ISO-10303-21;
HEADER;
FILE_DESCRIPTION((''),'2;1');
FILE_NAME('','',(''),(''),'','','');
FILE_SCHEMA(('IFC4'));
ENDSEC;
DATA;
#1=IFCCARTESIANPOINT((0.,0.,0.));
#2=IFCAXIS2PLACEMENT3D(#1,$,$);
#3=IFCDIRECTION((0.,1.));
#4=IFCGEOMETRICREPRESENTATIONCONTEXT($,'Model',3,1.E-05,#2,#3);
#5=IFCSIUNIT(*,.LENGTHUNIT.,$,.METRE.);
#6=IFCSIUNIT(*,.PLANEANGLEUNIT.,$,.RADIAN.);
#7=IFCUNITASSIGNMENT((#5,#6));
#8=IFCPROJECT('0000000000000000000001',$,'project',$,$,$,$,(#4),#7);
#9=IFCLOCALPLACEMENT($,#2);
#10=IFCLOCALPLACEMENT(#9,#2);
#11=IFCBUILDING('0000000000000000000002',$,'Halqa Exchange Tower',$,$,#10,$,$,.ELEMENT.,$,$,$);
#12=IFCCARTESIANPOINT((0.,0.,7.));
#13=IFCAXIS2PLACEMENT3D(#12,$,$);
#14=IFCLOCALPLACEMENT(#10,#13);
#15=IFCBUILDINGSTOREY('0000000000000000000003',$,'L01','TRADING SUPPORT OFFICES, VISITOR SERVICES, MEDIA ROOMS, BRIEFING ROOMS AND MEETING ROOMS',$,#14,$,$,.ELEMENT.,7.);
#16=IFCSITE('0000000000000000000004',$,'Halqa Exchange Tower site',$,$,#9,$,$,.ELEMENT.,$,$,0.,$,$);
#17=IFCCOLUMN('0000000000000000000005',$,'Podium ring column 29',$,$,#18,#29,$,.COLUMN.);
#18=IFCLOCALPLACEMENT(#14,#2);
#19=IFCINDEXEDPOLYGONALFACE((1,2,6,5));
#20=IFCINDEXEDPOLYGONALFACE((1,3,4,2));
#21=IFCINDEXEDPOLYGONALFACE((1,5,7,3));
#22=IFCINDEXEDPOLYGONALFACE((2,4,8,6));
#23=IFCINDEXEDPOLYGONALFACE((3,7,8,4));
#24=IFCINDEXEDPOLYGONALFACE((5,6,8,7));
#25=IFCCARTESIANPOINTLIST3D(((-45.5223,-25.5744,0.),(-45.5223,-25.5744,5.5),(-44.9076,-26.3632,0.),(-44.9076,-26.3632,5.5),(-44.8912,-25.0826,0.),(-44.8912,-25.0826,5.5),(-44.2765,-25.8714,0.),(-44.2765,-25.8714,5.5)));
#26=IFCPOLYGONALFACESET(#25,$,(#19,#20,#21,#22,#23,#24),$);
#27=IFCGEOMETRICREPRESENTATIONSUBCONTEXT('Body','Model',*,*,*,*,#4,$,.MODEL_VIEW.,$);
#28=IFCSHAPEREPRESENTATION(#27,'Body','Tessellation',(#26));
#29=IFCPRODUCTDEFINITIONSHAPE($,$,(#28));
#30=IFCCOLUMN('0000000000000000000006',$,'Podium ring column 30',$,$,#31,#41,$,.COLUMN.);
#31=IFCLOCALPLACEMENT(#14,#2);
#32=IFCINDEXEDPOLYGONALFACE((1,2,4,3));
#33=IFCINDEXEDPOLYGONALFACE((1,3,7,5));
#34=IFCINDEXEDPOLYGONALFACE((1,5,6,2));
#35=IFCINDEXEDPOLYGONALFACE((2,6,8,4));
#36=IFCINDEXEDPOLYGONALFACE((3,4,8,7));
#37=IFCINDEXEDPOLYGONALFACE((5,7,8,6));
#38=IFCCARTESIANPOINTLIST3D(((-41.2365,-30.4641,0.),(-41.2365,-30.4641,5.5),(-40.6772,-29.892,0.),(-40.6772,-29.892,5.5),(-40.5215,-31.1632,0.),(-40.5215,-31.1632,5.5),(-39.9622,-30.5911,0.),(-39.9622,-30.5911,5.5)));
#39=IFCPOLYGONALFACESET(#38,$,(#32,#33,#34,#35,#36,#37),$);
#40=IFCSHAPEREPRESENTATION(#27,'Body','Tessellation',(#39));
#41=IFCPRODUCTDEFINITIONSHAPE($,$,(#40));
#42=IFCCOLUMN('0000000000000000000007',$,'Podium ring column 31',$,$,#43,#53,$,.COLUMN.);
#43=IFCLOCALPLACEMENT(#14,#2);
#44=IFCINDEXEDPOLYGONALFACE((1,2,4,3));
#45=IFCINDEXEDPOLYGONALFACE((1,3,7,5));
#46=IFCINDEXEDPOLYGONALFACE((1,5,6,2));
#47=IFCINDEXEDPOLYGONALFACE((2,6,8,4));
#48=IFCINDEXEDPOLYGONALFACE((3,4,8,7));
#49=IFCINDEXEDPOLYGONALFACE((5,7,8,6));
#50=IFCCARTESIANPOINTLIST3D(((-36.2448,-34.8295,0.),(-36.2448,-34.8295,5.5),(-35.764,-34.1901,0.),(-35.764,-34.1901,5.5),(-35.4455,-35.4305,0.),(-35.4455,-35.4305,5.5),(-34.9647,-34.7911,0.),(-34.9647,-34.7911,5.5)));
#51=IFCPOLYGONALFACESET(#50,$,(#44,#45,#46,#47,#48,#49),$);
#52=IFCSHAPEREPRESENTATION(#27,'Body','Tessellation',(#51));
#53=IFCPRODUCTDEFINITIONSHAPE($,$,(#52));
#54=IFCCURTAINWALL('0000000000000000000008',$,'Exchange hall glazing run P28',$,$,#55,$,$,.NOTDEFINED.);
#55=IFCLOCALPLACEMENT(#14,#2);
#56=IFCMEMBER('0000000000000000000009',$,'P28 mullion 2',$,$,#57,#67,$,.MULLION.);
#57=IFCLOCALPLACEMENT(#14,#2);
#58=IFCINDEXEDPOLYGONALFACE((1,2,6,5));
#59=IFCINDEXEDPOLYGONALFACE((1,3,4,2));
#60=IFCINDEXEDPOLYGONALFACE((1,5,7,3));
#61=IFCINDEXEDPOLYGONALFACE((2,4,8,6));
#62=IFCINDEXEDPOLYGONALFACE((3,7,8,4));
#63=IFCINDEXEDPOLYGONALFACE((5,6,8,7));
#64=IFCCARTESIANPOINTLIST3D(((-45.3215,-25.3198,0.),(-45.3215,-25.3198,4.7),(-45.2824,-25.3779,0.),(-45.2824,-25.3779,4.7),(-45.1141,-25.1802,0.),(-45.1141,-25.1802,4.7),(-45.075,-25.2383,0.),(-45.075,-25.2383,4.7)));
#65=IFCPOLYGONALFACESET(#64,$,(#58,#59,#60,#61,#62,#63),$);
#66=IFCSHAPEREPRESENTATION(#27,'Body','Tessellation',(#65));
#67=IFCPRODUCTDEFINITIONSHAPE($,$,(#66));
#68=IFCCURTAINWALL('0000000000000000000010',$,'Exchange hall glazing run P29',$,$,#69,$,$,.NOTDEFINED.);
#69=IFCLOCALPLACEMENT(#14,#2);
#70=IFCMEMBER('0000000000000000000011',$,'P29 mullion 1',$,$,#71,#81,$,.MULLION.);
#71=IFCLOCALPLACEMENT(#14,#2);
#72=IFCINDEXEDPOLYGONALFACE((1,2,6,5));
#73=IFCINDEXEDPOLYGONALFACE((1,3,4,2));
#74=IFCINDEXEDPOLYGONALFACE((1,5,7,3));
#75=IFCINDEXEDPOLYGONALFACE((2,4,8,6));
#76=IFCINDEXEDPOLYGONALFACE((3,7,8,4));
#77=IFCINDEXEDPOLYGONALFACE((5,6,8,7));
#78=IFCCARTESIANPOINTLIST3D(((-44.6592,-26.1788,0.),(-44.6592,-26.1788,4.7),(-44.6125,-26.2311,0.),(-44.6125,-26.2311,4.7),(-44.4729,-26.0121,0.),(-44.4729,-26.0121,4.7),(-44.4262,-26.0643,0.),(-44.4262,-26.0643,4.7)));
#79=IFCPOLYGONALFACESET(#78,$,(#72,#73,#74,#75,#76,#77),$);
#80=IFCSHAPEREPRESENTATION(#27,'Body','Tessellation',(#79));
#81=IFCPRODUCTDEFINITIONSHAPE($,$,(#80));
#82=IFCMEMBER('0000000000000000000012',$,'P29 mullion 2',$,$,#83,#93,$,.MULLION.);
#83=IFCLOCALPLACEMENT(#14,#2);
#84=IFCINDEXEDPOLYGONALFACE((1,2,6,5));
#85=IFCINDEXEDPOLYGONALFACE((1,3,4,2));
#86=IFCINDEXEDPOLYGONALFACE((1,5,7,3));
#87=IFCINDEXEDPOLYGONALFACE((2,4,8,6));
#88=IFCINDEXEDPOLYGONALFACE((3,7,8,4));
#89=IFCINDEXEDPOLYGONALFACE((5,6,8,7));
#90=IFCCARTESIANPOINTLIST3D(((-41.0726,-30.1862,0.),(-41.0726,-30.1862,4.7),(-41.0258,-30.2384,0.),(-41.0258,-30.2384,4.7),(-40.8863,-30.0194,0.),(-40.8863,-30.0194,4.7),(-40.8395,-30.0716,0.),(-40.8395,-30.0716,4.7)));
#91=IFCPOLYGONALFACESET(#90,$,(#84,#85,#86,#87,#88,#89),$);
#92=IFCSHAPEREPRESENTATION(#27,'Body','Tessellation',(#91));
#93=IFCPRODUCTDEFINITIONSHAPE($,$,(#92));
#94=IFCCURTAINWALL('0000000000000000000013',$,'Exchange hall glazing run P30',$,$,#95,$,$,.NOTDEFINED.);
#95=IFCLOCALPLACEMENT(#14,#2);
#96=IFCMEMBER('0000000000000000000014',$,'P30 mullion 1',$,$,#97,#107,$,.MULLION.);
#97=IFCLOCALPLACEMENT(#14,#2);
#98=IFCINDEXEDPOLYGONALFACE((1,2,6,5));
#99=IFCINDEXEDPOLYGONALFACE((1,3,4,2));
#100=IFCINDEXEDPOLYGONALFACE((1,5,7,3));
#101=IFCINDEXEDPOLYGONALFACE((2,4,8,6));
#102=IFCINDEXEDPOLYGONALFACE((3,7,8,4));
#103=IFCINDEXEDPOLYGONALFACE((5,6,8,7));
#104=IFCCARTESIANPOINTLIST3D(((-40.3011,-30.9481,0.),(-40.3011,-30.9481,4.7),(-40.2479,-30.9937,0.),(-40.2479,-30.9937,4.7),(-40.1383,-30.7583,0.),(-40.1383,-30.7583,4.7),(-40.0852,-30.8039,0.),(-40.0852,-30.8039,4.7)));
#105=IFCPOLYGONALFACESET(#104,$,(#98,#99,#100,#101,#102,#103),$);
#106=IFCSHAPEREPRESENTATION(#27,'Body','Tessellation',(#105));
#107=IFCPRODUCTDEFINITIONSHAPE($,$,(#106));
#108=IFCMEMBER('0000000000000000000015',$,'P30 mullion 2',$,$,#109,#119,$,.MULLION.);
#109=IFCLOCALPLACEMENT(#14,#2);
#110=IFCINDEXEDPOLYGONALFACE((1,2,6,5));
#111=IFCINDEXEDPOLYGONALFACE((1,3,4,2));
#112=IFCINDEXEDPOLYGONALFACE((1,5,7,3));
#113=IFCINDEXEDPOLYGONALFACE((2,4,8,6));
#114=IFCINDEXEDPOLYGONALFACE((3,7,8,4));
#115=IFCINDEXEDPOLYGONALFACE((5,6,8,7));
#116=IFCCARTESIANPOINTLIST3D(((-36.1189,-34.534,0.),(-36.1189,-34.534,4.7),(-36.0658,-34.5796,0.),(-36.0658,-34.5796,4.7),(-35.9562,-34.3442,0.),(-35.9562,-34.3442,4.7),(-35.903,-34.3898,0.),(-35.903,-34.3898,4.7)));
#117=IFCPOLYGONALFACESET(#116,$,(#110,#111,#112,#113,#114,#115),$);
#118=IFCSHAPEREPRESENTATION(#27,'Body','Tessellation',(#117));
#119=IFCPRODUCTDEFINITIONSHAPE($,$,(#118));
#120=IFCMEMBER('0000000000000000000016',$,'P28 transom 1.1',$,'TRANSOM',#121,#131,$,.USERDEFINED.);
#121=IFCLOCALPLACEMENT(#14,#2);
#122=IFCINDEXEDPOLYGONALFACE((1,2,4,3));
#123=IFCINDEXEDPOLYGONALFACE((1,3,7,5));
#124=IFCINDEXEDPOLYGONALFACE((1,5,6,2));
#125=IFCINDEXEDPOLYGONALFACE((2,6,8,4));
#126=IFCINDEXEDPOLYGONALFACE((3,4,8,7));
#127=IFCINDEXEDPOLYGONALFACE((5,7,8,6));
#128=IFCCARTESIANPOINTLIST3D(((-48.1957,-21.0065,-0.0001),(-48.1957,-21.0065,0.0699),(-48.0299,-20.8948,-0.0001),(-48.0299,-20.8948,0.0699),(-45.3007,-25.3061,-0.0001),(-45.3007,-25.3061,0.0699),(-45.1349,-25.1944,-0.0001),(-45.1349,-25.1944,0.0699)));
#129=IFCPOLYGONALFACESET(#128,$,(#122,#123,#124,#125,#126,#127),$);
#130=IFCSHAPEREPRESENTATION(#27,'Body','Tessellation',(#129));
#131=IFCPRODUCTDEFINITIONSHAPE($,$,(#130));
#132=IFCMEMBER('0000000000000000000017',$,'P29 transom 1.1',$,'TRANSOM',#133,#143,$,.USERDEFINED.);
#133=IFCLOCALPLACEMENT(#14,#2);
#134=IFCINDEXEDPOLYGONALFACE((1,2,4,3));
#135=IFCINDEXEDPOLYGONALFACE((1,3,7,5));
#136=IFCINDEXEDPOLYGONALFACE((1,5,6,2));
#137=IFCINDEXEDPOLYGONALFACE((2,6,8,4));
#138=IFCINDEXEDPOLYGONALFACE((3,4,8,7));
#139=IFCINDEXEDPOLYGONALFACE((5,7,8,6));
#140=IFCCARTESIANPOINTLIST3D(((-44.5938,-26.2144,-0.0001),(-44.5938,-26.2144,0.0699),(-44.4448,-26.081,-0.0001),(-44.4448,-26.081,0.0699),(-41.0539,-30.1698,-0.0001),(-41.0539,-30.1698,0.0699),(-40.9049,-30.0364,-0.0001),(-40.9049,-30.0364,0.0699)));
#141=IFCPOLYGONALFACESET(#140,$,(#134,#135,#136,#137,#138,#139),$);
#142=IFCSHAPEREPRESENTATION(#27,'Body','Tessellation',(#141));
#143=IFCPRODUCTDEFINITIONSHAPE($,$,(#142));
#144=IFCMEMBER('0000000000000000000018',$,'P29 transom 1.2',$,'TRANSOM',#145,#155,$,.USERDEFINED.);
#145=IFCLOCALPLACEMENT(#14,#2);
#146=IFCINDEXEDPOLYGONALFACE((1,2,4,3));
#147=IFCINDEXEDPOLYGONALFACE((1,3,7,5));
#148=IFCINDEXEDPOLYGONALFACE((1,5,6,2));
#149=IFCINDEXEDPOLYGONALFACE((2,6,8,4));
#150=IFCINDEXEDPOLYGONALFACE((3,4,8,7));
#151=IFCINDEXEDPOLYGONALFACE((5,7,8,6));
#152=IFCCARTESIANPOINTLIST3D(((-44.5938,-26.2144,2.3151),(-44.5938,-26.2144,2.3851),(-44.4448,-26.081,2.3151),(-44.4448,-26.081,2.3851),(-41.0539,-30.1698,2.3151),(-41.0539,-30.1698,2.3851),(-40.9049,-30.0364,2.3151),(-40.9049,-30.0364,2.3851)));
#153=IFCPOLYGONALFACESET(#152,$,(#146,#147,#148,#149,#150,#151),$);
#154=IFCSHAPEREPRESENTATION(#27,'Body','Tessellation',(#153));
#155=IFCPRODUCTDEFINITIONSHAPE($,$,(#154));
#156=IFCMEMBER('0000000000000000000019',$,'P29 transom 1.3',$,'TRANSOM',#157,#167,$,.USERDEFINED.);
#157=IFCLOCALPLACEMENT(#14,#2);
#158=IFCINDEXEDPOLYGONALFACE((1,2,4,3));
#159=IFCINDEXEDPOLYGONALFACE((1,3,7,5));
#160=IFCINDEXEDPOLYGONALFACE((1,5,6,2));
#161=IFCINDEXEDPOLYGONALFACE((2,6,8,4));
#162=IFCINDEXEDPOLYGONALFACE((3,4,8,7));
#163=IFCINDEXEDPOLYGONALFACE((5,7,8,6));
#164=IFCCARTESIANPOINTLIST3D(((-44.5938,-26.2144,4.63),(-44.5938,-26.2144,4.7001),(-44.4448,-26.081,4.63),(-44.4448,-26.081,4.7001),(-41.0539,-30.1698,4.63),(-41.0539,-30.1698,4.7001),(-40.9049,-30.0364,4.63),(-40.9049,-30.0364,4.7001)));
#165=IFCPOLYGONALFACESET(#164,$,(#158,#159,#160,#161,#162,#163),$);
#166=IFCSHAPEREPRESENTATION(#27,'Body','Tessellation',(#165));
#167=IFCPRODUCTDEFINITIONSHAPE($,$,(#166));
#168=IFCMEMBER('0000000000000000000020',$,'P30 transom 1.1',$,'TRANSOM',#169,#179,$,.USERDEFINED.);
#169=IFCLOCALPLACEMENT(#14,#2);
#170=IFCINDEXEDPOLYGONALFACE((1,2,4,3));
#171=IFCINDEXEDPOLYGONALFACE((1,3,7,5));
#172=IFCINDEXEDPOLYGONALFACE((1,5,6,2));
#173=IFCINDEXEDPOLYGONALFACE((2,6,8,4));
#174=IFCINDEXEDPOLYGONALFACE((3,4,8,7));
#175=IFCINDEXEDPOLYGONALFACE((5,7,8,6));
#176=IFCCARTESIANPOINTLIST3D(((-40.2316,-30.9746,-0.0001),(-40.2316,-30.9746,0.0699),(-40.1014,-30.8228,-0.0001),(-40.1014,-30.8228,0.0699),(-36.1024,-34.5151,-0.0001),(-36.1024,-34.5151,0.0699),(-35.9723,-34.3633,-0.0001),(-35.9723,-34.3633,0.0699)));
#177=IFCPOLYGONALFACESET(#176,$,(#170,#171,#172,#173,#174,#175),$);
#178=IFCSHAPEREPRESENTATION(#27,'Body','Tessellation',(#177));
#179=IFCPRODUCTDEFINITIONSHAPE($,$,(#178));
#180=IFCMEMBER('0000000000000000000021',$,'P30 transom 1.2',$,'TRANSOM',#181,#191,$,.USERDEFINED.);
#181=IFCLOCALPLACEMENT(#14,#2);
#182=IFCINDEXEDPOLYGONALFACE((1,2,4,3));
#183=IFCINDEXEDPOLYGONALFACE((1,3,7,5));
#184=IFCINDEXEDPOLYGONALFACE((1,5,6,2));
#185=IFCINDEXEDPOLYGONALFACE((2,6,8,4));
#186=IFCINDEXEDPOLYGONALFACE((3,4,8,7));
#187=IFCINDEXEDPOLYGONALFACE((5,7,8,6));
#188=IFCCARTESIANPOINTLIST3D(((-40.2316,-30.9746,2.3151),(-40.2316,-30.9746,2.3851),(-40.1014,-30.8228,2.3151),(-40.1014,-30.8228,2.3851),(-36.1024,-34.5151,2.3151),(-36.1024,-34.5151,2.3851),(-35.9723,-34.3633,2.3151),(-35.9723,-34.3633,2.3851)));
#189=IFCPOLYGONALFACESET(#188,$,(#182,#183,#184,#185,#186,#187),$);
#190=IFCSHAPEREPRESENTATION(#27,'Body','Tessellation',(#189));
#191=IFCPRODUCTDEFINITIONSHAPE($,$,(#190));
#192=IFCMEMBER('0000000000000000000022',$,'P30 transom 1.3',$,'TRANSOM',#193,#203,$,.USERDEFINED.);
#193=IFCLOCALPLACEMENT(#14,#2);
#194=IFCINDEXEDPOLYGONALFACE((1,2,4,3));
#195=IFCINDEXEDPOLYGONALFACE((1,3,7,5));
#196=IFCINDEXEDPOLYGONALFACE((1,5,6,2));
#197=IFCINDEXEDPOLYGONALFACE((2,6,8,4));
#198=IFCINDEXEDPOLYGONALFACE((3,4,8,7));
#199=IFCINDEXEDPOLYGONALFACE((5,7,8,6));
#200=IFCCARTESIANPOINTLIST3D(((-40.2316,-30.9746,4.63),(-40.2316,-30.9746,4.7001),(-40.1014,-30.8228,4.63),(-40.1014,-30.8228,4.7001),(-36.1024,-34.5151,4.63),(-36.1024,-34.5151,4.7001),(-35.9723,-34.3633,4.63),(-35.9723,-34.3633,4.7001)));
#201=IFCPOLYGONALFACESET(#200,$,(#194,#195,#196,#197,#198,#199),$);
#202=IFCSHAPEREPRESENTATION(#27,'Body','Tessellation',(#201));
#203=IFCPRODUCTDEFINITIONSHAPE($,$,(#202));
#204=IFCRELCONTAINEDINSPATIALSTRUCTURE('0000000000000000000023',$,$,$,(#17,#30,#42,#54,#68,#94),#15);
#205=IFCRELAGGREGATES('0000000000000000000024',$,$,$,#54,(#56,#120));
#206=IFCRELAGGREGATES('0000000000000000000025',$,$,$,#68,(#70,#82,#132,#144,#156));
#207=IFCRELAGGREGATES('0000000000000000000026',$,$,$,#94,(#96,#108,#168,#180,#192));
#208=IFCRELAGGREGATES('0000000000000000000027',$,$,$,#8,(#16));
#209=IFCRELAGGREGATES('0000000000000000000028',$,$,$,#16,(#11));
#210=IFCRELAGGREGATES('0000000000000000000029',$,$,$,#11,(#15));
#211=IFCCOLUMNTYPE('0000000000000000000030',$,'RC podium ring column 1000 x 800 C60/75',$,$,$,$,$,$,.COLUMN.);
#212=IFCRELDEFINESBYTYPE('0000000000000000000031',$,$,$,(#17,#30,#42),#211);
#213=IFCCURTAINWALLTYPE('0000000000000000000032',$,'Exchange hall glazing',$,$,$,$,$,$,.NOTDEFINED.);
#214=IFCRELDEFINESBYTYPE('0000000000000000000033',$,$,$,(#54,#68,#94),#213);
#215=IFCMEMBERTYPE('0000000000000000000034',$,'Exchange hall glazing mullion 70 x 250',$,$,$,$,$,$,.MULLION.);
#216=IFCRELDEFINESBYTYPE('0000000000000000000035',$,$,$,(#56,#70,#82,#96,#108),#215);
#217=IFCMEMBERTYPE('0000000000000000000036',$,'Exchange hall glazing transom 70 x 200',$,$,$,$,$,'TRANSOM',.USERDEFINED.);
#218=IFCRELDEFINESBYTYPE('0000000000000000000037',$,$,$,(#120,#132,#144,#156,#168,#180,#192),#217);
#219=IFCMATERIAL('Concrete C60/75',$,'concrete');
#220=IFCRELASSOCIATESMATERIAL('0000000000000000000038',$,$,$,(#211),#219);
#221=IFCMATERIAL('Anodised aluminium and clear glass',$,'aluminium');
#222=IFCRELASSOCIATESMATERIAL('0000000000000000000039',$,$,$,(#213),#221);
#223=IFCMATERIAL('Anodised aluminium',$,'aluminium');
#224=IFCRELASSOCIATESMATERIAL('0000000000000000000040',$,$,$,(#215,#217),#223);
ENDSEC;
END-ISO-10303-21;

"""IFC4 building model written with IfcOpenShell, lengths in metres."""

from ifc_helpers import new_model, si_unit, direction, frame, origin, origin_2d, place, context, subcontext, project, spatial, rectangle, extrude, material, material_profile, profile_set, type_object, element, aggregate, save


model = new_model("IFC4")

# Units and contexts
model_context = context("Model", 3, precision=1e-05, world=origin(), true_north=direction((0.0, 1.0)))
body_context = subcontext(model_context, "Body", "Model", "MODEL_VIEW")
ifc_project = project(units=[si_unit("LENGTHUNIT", "METRE"), si_unit("PLANEANGLEUNIT", "RADIAN")], contexts=[model_context])

# Site, building, storey
site_placement = place(None, origin())
site = spatial("IfcSite", under=ifc_project, at=site_placement, Name="Halqa Exchange Tower site", CompositionType="ELEMENT", RefElevation=0.0)
building_placement = place(site_placement, origin())
building = spatial("IfcBuilding", under=site, at=building_placement, Name="Halqa Exchange Tower", CompositionType="ELEMENT")
storey_placement = place(building_placement, frame((0.0, 0.0, 7.0)))
storey = spatial("IfcBuildingStorey", under=building, at=storey_placement, Name="L01", Description="TRADING SUPPORT OFFICES, VISITOR SERVICES, MEDIA ROOMS, BRIEFING ROOMS AND MEETING ROOMS", CompositionType="ELEMENT", Elevation=7.0)

# Columns
ifc_material_1 = material(Name="Concrete C60/75", Category="concrete")
ifc_material_profile_1 = material_profile(ifc_material_1, rectangle(XDim=1.0, YDim=0.8, at=origin_2d()), Name="1000 x 800")
ifc_profile_set_1 = profile_set([ifc_material_profile_1], Name="Concrete C60/75")
column_type = type_object("IfcColumnType", Name="RC podium ring column 1000 x 800 C60/75", PredefinedType="COLUMN", material=ifc_profile_set_1)
for number, where, z_axis, x_axis, name in (
    (1, (-44.8994, -25.7229, 0.0), (0.0, 0.0, 1.0), (0.614691, -0.788768, 0.0), "Podium ring column 29"),
    (2, (-40.5994, -30.5276, 0.0), (0.0, 0.0, 1.0), (0.715039, -0.699085, 0.0), "Podium ring column 30"),
    (3, (-35.6047, -34.8103, 0.0), (0.0, 0.0, 1.0), (0.79926, -0.600985, 0.0), "Podium ring column 31"),
):
    element("IfcColumn", number, at=place(storey_placement, frame(where, z_axis=z_axis, x_axis=x_axis)), inside=storey, type_object=column_type, Name=name, PredefinedType="COLUMN", context=body_context, shape_type="SweptSolid", body=[
        extrude(rectangle(XDim=1.0, YDim=0.8, at=origin_2d()), origin(), (0.0, 0.0, 1.0), 5.5),
    ])

# Curtain wall, member
ifc_material_2 = material(Name="Anodised aluminium and clear glass", Category="aluminium")
curtain_wall_type = type_object("IfcCurtainWallType", Name="Exchange hall glazing", PredefinedType="NOTDEFINED", material=ifc_material_2)
curtain_wall_1_placement = place(storey_placement, origin())
curtain_wall_1 = element("IfcCurtainWall", 4, at=curtain_wall_1_placement, inside=storey, type_object=curtain_wall_type, Name="Exchange hall glazing run P28", PredefinedType="NOTDEFINED")
ifc_material_3 = material(Name="Anodised aluminium", Category="aluminium")
ifc_material_profile_2 = material_profile(ifc_material_3, rectangle(XDim=0.25, YDim=0.0701, at=origin_2d()), Name="AL 70x250")
ifc_profile_set_2 = profile_set([ifc_material_profile_2], Name="Anodised aluminium")
member_type_1 = type_object("IfcMemberType", Name="Exchange hall glazing mullion 70 x 250", PredefinedType="MULLION", material=ifc_profile_set_2)
member_1_placement = place(storey_placement, frame((-45.1982, -25.2791, 0.0), z_axis=(0.0, 0.0, 1.0), x_axis=(0.82949, 0.558522, 0.0)))
member_1 = element("IfcMember", 5, at=member_1_placement, type_object=member_type_1, Name="P28 mullion 2", PredefinedType="MULLION", context=body_context, shape_type="SweptSolid", body=[
    extrude(rectangle(XDim=0.25, YDim=0.0701, at=origin_2d()), origin(), (0.0, 0.0, 1.0), 4.7),
])

# Curtain walls, members
curtain_wall_2_placement = place(storey_placement, origin())
curtain_wall_2 = element("IfcCurtainWall", 6, at=curtain_wall_2_placement, inside=storey, type_object=curtain_wall_type, Name="Exchange hall glazing run P29", PredefinedType="NOTDEFINED")
member_2_placement = place(storey_placement, frame((-44.5427, -26.1216, 0.0), z_axis=(0.0, 0.0, 1.0), x_axis=(0.745148, 0.666899, 0.0)))
member_2 = element("IfcMember", 7, at=member_2_placement, type_object=member_type_1, Name="P29 mullion 1", PredefinedType="MULLION", context=body_context, shape_type="SweptSolid", body=[
    extrude(rectangle(XDim=0.25, YDim=0.0701, at=origin_2d()), origin(), (0.0, 0.0, 1.0), 4.7),
])
member_3_placement = place(storey_placement, frame((-40.9561, -30.1289, 0.0), z_axis=(0.0, 0.0, 1.0), x_axis=(0.745148, 0.666899, 0.0)))
member_3 = element("IfcMember", 8, at=member_3_placement, type_object=member_type_1, Name="P29 mullion 2", PredefinedType="MULLION", context=body_context, shape_type="SweptSolid", body=[
    extrude(rectangle(XDim=0.25, YDim=0.0701, at=origin_2d()), origin(), (0.0, 0.0, 1.0), 4.7),
])
curtain_wall_3_placement = place(storey_placement, origin())
curtain_wall_3 = element("IfcCurtainWall", 9, at=curtain_wall_3_placement, inside=storey, type_object=curtain_wall_type, Name="Exchange hall glazing run P30", PredefinedType="NOTDEFINED")
member_4_placement = place(storey_placement, frame((-40.1931, -30.876, 0.0), z_axis=(0.0, 0.0, 1.0), x_axis=(0.650911, 0.759154, 0.0)))
member_4 = element("IfcMember", 10, at=member_4_placement, type_object=member_type_1, Name="P30 mullion 1", PredefinedType="MULLION", context=body_context, shape_type="SweptSolid", body=[
    extrude(rectangle(XDim=0.25, YDim=0.0701, at=origin_2d()), origin(), (0.0, 0.0, 1.0), 4.7),
])
member_5_placement = place(storey_placement, frame((-36.011, -34.4619, 0.0), z_axis=(0.0, 0.0, 1.0), x_axis=(0.650911, 0.759154, 0.0)))
member_5 = element("IfcMember", 11, at=member_5_placement, type_object=member_type_1, Name="P30 mullion 2", PredefinedType="MULLION", context=body_context, shape_type="SweptSolid", body=[
    extrude(rectangle(XDim=0.25, YDim=0.0701, at=origin_2d()), origin(), (0.0, 0.0, 1.0), 4.7),
])

# Members
ifc_material_profile_3 = material_profile(ifc_material_3, rectangle(XDim=0.2, YDim=0.0701, at=origin_2d()), Name="AL 70x200")
ifc_profile_set_3 = profile_set([ifc_material_profile_3], Name="Anodised aluminium")
member_type_2 = type_object("IfcMemberType", Name="Exchange hall glazing transom 70 x 200", ElementType="TRANSOM", PredefinedType="USERDEFINED", material=ifc_profile_set_3)
member_6_placement = place(storey_placement, frame((-48.1128, -20.9507, 0.0349), z_axis=(0.55852, -0.829491, 0.0), x_axis=(0.829491, 0.55852, 0.0)))
member_6 = element("IfcMember", 12, at=member_6_placement, type_object=member_type_2, Name="P28 transom 1.1", ObjectType="TRANSOM", PredefinedType="USERDEFINED", context=body_context, shape_type="SweptSolid", body=[
    extrude(rectangle(XDim=0.2, YDim=0.0701, at=origin_2d()), origin(), (0.0, 0.0, 1.0), 5.1833),
])
member_7_placement = place(storey_placement, frame((-44.5193, -26.1477, 0.0349), z_axis=(0.666881, -0.745164, 0.0), x_axis=(0.745164, 0.666881, 0.0)))
member_7 = element("IfcMember", 13, at=member_7_placement, type_object=member_type_2, Name="P29 transom 1.1", ObjectType="TRANSOM", PredefinedType="USERDEFINED", context=body_context, shape_type="SweptSolid", body=[
    extrude(rectangle(XDim=0.2, YDim=0.0701, at=origin_2d()), origin(), (0.0, 0.0, 1.0), 5.3081),
])
member_8_placement = place(storey_placement, frame((-44.5193, -26.1477, 2.3501), z_axis=(0.666881, -0.745164, 0.0), x_axis=(0.745164, 0.666881, 0.0)))
member_8 = element("IfcMember", 14, at=member_8_placement, type_object=member_type_2, Name="P29 transom 1.2", ObjectType="TRANSOM", PredefinedType="USERDEFINED", context=body_context, shape_type="SweptSolid", body=[
    extrude(rectangle(XDim=0.2, YDim=0.0701, at=origin_2d()), origin(), (0.0, 0.0, 1.0), 5.3081),
])
member_9_placement = place(storey_placement, frame((-44.5193, -26.1477, 4.665), z_axis=(0.666881, -0.745164, 0.0), x_axis=(0.745164, 0.666881, 0.0)))
member_9 = element("IfcMember", 15, at=member_9_placement, type_object=member_type_2, Name="P29 transom 1.3", ObjectType="TRANSOM", PredefinedType="USERDEFINED", context=body_context, shape_type="SweptSolid", body=[
    extrude(rectangle(XDim=0.2, YDim=0.0701, at=origin_2d()), origin(), (0.0, 0.0, 1.0), 5.3081),
])
member_10_placement = place(storey_placement, frame((-40.1665, -30.8987, 0.0349), z_axis=(0.759143, -0.650924, 0.0), x_axis=(0.650924, 0.759143, 0.0)))
member_10 = element("IfcMember", 16, at=member_10_placement, type_object=member_type_2, Name="P30 transom 1.1", ObjectType="TRANSOM", PredefinedType="USERDEFINED", context=body_context, shape_type="SweptSolid", body=[
    extrude(rectangle(XDim=0.2, YDim=0.0701, at=origin_2d()), origin(), (0.0, 0.0, 1.0), 5.4392),
])
member_11_placement = place(storey_placement, frame((-40.1665, -30.8987, 2.3501), z_axis=(0.759143, -0.650924, 0.0), x_axis=(0.650924, 0.759143, 0.0)))
member_11 = element("IfcMember", 17, at=member_11_placement, type_object=member_type_2, Name="P30 transom 1.2", ObjectType="TRANSOM", PredefinedType="USERDEFINED", context=body_context, shape_type="SweptSolid", body=[
    extrude(rectangle(XDim=0.2, YDim=0.0701, at=origin_2d()), origin(), (0.0, 0.0, 1.0), 5.4392),
])
member_12_placement = place(storey_placement, frame((-40.1665, -30.8987, 4.665), z_axis=(0.759143, -0.650924, 0.0), x_axis=(0.650924, 0.759143, 0.0)))
member_12 = element("IfcMember", 18, at=member_12_placement, type_object=member_type_2, Name="P30 transom 1.3", ObjectType="TRANSOM", PredefinedType="USERDEFINED", context=body_context, shape_type="SweptSolid", body=[
    extrude(rectangle(XDim=0.2, YDim=0.0701, at=origin_2d()), origin(), (0.0, 0.0, 1.0), 5.4392),
])

aggregate(curtain_wall_1, [member_1, member_6])
aggregate(curtain_wall_2, [member_2, member_3, member_7, member_8, member_9])
aggregate(curtain_wall_3, [member_4, member_5, member_10, member_11, member_12])

save(model, "model.ifc")
